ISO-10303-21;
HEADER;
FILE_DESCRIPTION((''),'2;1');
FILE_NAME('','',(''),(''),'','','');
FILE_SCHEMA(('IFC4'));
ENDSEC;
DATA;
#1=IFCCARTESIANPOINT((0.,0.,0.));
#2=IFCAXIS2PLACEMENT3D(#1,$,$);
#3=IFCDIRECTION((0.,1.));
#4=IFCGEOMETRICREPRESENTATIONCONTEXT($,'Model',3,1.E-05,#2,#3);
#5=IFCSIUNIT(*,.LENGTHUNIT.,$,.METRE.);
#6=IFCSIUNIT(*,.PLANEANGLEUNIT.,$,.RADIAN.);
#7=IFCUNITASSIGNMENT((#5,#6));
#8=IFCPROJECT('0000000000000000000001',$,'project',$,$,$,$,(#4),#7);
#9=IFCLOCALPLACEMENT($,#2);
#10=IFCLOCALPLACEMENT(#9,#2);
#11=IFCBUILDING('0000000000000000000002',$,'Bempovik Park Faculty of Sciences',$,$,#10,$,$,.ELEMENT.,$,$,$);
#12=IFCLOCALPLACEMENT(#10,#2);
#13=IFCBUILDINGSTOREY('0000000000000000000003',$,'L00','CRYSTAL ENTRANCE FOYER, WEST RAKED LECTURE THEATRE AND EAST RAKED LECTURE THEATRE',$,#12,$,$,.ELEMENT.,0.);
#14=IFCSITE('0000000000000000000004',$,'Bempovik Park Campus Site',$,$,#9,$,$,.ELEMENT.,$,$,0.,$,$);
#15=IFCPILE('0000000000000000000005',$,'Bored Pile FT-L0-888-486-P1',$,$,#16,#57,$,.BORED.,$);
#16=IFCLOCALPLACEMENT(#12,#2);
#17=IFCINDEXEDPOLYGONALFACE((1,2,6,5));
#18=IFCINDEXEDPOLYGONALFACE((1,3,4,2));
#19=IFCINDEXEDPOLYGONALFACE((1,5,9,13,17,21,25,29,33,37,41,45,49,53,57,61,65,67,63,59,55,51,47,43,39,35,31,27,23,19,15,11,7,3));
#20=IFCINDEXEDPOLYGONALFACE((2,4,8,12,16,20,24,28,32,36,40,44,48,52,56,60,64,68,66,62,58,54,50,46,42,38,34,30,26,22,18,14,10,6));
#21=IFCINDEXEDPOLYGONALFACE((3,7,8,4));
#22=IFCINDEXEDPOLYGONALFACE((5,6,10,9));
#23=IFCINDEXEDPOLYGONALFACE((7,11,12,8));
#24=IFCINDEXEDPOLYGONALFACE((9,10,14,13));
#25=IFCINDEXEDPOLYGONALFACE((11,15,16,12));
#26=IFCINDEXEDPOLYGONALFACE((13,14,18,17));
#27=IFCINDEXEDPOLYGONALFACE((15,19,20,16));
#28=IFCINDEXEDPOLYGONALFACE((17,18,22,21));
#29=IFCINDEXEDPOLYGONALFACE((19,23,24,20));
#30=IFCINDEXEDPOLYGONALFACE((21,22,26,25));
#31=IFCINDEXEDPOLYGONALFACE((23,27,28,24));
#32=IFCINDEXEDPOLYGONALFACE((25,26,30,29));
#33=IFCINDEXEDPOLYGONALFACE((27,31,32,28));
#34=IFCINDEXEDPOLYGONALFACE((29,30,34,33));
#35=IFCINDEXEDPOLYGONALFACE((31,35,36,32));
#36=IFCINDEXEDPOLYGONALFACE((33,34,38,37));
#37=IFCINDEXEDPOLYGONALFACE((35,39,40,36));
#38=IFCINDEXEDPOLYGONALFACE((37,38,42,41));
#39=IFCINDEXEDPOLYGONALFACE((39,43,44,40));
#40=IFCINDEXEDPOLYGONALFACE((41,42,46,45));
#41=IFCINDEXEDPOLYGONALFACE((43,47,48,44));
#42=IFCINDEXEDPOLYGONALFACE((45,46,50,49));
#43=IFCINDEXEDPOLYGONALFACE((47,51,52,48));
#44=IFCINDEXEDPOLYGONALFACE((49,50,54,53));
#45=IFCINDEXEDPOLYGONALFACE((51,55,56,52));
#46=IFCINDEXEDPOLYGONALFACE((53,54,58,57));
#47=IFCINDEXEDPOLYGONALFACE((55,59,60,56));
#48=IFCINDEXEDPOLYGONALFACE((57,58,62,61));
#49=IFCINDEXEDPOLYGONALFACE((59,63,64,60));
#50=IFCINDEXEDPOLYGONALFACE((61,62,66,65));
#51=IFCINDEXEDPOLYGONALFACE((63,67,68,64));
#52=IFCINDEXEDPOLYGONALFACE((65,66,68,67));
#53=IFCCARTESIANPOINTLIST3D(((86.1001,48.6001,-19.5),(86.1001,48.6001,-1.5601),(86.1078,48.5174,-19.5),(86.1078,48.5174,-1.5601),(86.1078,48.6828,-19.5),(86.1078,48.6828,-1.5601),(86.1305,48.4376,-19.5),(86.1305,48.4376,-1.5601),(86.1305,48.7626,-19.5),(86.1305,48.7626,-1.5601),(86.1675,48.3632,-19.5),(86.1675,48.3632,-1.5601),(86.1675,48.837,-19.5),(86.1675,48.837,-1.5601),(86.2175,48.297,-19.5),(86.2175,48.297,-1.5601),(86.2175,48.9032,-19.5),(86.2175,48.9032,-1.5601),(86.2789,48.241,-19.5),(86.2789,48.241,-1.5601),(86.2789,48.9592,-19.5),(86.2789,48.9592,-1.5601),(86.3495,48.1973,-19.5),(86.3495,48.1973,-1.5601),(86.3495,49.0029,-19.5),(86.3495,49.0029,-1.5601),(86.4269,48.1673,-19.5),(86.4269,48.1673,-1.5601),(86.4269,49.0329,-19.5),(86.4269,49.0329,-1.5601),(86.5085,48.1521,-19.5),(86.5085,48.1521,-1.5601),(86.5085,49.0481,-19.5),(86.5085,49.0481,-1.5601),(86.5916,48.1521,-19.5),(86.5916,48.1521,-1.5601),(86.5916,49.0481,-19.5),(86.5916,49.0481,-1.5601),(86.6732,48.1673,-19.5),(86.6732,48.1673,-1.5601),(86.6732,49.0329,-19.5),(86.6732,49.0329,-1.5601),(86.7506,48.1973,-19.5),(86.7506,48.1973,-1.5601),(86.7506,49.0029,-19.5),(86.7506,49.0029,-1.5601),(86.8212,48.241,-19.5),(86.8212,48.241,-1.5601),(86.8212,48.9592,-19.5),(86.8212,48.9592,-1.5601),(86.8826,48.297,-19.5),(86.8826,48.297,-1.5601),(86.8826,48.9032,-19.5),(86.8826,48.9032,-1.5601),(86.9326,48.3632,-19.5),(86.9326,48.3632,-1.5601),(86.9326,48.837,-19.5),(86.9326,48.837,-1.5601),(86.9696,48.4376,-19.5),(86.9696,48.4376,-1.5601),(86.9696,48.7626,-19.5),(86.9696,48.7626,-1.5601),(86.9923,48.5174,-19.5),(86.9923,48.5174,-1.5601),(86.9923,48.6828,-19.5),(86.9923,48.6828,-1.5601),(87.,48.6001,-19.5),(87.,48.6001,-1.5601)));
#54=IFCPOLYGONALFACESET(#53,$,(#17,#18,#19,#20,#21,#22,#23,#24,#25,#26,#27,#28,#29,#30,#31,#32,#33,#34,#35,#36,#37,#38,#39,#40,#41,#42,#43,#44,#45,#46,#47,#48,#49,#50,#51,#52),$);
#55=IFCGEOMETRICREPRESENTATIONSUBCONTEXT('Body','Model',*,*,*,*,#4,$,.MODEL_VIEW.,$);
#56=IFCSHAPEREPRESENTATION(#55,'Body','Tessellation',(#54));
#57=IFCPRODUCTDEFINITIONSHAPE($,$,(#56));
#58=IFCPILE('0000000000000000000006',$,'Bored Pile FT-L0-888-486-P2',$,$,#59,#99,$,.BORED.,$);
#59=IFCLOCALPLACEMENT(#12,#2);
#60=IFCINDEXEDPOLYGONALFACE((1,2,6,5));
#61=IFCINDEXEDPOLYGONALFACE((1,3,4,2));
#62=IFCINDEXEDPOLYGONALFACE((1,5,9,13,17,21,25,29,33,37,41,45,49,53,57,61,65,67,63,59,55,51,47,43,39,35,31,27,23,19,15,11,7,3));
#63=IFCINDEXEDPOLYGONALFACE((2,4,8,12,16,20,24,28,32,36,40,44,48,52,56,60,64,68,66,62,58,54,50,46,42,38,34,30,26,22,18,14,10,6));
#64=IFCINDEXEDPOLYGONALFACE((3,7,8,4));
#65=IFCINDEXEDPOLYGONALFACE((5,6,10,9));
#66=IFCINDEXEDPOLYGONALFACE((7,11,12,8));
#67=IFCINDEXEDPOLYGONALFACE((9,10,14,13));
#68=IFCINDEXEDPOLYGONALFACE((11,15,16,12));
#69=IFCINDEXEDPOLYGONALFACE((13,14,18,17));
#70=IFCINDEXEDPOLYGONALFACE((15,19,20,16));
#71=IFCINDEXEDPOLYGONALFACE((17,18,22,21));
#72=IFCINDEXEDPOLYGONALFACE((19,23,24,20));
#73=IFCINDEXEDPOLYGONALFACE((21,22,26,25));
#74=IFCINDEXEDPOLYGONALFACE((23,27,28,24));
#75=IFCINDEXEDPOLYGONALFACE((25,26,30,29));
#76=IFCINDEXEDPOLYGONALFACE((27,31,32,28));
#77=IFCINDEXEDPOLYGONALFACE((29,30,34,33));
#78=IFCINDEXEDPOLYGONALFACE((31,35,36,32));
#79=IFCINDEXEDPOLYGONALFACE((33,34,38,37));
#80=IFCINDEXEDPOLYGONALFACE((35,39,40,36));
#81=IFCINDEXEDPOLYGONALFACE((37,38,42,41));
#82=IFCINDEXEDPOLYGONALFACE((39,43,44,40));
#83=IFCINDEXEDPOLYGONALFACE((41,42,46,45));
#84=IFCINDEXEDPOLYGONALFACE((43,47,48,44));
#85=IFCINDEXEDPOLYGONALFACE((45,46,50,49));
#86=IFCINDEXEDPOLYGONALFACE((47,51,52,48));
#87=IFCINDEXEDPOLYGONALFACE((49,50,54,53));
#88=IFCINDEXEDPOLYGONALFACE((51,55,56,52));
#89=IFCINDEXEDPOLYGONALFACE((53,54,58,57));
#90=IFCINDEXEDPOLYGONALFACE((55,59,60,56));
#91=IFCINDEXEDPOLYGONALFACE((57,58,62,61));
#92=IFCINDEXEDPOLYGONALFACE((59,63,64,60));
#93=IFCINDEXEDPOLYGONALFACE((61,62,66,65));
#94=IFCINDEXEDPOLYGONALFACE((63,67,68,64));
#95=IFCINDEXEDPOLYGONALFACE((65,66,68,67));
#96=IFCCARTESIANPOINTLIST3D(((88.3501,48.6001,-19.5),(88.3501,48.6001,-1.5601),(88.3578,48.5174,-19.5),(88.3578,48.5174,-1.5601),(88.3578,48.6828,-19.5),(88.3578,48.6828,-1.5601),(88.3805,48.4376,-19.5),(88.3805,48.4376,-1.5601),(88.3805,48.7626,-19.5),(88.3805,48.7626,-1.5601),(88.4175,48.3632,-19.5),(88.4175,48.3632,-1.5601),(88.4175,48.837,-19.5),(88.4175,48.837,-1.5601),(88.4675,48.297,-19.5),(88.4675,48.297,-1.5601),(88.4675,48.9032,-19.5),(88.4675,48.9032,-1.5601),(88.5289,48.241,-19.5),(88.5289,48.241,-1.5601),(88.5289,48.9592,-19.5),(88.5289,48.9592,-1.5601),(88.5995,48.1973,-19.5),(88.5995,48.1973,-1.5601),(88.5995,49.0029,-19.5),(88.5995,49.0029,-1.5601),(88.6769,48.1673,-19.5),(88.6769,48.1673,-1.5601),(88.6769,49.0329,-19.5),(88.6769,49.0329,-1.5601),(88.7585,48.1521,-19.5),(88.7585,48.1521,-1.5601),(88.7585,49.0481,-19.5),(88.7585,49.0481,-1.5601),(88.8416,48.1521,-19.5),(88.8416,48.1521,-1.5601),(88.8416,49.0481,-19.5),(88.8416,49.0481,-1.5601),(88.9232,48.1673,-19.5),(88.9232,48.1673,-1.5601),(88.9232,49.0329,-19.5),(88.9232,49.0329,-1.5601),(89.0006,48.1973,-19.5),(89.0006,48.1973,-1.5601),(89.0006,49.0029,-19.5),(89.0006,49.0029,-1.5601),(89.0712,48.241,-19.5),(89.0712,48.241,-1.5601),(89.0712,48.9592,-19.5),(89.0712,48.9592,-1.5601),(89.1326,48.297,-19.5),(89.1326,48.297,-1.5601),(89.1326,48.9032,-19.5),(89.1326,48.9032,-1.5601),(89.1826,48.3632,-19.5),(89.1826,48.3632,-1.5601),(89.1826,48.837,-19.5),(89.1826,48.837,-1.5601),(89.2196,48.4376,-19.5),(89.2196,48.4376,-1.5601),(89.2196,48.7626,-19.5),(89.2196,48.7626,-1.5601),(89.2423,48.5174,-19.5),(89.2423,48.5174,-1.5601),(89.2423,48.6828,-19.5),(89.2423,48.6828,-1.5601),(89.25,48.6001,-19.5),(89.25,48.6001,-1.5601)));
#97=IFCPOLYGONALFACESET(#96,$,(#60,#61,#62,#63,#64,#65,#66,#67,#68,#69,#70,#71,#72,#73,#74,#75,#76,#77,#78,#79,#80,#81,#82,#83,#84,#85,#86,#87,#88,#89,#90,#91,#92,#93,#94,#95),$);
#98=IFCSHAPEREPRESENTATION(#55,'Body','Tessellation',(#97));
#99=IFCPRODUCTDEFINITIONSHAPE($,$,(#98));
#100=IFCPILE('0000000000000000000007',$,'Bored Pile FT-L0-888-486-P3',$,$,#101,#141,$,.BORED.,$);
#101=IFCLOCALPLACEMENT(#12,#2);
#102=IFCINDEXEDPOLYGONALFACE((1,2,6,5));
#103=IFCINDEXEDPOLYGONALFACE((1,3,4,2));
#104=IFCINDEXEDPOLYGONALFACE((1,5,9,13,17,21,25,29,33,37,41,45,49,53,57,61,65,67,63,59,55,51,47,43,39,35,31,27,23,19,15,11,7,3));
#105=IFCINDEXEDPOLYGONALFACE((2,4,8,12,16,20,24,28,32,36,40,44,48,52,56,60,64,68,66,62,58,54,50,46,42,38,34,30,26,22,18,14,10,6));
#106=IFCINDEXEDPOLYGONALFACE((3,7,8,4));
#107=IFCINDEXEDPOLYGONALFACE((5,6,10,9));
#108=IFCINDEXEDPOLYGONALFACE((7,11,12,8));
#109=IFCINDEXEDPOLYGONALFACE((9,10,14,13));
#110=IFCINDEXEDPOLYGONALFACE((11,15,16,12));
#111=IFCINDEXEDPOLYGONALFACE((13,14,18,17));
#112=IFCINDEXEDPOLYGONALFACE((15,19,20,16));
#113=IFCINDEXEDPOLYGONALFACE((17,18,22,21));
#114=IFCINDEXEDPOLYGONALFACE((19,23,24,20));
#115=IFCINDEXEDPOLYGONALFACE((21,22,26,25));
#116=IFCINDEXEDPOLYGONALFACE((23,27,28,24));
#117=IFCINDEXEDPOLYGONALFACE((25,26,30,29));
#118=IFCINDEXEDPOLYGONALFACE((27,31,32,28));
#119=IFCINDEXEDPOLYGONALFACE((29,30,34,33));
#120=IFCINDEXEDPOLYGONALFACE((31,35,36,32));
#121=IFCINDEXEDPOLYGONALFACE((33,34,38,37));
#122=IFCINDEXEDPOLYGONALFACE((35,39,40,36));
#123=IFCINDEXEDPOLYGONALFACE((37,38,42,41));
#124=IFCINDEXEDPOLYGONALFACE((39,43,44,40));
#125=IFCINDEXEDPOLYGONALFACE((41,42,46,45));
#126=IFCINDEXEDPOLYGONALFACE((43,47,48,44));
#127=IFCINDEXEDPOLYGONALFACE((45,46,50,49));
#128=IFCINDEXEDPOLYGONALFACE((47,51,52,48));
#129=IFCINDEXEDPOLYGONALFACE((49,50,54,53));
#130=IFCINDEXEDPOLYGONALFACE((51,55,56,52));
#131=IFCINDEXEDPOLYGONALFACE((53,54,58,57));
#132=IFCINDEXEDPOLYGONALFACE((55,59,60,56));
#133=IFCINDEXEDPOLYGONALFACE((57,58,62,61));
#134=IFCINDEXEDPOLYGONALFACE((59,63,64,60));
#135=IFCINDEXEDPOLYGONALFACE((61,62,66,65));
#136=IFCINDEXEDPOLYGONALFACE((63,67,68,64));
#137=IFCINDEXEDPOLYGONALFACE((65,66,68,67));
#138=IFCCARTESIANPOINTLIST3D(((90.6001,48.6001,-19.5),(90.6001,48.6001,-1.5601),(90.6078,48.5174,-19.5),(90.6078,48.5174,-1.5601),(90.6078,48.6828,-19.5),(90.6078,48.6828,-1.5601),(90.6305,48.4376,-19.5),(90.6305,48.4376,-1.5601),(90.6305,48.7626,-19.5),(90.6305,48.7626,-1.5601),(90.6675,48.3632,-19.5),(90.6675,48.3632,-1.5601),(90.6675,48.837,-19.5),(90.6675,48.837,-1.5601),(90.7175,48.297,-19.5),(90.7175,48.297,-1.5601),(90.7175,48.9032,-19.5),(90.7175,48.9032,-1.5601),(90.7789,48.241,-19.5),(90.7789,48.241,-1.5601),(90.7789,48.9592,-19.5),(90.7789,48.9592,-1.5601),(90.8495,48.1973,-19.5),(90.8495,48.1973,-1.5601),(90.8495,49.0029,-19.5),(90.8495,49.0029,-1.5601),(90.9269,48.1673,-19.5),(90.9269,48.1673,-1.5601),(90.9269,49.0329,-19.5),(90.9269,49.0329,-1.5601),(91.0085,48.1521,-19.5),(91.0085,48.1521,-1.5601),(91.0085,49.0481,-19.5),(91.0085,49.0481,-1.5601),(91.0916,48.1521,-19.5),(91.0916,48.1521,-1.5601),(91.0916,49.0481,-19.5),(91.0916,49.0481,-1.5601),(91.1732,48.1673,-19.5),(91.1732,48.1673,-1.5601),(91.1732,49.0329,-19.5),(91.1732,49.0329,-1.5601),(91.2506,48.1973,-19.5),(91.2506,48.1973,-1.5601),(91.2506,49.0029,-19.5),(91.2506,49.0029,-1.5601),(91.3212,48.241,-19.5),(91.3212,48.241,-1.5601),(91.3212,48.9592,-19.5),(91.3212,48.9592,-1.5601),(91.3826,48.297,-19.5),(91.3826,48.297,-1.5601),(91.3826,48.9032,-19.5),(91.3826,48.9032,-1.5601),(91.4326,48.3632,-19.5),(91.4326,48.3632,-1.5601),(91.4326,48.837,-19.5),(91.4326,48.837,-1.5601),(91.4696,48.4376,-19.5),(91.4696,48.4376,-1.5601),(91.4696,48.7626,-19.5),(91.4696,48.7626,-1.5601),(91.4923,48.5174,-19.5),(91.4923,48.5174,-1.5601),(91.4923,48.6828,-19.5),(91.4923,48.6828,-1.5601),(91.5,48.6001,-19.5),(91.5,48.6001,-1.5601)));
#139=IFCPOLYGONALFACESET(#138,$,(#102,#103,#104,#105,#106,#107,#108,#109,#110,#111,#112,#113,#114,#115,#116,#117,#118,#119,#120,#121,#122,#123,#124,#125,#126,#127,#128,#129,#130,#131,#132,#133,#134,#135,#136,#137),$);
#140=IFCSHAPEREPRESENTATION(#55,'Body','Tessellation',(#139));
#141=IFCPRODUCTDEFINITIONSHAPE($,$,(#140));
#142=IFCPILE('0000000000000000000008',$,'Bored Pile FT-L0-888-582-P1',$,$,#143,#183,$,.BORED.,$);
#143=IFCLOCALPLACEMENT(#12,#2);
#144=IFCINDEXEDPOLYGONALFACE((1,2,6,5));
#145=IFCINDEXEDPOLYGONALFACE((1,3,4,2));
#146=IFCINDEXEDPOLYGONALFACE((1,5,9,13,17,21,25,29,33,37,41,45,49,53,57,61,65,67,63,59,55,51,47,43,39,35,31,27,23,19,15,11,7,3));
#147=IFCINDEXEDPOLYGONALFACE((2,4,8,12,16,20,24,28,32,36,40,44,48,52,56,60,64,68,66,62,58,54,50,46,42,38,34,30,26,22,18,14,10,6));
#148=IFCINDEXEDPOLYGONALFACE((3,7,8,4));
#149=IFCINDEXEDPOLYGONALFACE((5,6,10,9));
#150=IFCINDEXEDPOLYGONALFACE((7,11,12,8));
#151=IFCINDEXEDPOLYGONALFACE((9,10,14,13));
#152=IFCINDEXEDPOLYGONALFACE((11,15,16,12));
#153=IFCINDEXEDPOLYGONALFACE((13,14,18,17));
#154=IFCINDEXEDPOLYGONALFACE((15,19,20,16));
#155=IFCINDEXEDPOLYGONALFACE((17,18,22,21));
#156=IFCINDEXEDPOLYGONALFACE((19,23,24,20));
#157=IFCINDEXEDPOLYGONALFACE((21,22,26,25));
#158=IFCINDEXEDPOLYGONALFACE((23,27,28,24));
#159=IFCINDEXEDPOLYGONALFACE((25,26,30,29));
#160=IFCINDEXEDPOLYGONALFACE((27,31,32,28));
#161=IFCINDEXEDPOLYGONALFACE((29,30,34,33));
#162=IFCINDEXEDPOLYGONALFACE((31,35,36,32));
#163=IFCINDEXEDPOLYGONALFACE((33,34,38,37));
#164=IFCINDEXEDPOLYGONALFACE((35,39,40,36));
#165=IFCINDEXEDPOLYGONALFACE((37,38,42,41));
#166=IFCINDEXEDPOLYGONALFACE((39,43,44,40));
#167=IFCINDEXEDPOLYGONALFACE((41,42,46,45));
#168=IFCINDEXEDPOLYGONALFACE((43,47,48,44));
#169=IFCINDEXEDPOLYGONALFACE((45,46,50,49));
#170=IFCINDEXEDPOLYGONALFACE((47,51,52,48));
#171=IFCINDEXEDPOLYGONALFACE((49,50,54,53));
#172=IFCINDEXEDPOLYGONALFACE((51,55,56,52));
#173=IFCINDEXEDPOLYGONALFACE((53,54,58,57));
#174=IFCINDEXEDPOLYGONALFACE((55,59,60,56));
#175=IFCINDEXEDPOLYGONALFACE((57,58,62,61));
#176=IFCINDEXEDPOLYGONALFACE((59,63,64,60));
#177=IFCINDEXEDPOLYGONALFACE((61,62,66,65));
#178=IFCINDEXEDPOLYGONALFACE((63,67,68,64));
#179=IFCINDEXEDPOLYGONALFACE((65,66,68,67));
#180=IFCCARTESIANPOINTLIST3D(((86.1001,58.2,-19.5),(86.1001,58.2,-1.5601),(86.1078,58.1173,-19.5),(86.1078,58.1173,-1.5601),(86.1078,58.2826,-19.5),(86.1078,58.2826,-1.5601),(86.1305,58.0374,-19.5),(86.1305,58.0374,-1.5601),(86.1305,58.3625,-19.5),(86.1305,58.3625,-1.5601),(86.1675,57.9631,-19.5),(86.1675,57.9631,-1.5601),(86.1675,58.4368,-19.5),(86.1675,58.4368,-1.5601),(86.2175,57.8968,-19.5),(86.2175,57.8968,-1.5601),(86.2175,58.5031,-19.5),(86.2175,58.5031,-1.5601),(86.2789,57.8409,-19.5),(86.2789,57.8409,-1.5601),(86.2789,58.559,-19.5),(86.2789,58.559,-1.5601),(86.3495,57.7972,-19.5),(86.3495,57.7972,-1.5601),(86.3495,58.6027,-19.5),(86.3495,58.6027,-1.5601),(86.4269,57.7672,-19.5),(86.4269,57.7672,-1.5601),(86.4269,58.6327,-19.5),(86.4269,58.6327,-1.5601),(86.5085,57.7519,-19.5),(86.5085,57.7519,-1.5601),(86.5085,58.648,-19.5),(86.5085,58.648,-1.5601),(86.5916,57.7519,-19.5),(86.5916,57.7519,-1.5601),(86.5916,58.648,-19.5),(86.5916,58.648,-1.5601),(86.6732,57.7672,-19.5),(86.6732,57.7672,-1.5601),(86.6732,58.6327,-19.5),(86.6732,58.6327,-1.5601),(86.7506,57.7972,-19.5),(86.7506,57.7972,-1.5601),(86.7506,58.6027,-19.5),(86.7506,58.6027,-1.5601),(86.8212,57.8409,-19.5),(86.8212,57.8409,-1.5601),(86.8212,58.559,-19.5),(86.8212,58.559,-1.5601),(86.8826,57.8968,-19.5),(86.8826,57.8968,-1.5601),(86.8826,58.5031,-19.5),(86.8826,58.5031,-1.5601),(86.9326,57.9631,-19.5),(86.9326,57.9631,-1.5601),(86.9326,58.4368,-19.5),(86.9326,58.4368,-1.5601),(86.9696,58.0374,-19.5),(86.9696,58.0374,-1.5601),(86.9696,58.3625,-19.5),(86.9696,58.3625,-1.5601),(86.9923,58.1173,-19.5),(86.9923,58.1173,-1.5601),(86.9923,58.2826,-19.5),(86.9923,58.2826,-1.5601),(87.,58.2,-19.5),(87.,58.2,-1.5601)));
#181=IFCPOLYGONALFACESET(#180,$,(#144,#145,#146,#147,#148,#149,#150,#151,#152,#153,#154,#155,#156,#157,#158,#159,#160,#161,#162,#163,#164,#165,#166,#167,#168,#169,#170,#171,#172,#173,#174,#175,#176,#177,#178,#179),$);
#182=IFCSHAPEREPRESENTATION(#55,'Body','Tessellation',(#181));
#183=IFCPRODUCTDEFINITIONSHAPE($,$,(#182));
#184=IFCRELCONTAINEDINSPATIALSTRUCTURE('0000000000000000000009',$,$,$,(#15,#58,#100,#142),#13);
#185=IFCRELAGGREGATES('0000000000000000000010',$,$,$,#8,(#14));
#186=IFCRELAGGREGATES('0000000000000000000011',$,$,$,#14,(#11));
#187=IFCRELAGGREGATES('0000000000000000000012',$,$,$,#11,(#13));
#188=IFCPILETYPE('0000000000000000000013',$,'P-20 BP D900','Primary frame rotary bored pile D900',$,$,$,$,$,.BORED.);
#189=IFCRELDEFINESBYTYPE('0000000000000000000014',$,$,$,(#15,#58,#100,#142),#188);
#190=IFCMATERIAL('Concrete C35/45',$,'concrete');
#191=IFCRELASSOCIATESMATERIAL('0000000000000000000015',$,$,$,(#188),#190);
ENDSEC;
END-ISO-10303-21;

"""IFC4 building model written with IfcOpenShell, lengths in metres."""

from ifc_helpers import new_model, si_unit, direction, frame, origin, origin_2d, place, context, subcontext, project, spatial, circle, extrude, material, material_profile, profile_set, type_object, element, save


model = new_model("IFC4")

# Units and contexts
model_context = context("Model", 3, precision=1e-05, world=origin(), true_north=direction((0.0, 1.0)))
body_context = subcontext(model_context, "Body", "Model", "MODEL_VIEW")
ifc_project = project(units=[si_unit("LENGTHUNIT", "METRE"), si_unit("PLANEANGLEUNIT", "RADIAN")], contexts=[model_context])

# Site, building, storey
site_placement = place(None, origin())
site = spatial("IfcSite", under=ifc_project, at=site_placement, Name="Bempovik Park Campus Site", CompositionType="ELEMENT", RefElevation=0.0)
building_placement = place(site_placement, origin())
building = spatial("IfcBuilding", under=site, at=building_placement, Name="Bempovik Park Faculty of Sciences", CompositionType="ELEMENT")
storey_placement = place(building_placement, origin())
storey = spatial("IfcBuildingStorey", under=building, at=storey_placement, Name="L00", Description="CRYSTAL ENTRANCE FOYER, WEST RAKED LECTURE THEATRE AND EAST RAKED LECTURE THEATRE", CompositionType="ELEMENT", Elevation=0.0)

# Shared definitions
ifc_material_1 = material(Name="Concrete C35/45", Category="concrete")

# Piles
ifc_material_profile_1 = material_profile(ifc_material_1, circle(Radius=0.45, at=origin_2d()), Name="BP D900")
ifc_profile_set_1 = profile_set([ifc_material_profile_1], Name="Concrete C35/45")
pile_type = type_object("IfcPileType", Name="P-20 BP D900", Description="Primary frame rotary bored pile D900", PredefinedType="BORED", material=ifc_profile_set_1)
for number, where, z_axis, x_axis, name in (
    (1, (86.55, 48.6001, -1.5601), (0.0, 0.0, -1.0), (1.0, 0.0, 0.0), "Bored Pile FT-L0-888-486-P1"),
    (2, (88.8, 48.6001, -1.5601), (0.0, 0.0, -1.0), (1.0, 0.0, 0.0), "Bored Pile FT-L0-888-486-P2"),
    (3, (91.05, 48.6001, -1.5601), (0.0, 0.0, -1.0), (1.0, 0.0, 0.0), "Bored Pile FT-L0-888-486-P3"),
    (4, (86.55, 58.2, -1.5601), (0.0, 0.0, -1.0), (1.0, 0.0, 0.0), "Bored Pile FT-L0-888-582-P1"),
):
    element("IfcPile", number, at=place(storey_placement, frame(where, z_axis=z_axis, x_axis=x_axis)), inside=storey, type_object=pile_type, Name=name, PredefinedType="BORED", context=body_context, shape_type="SweptSolid", body=[
        extrude(circle(Radius=0.45, at=origin_2d()), origin(), (0.0, 0.0, 1.0), 17.9399),
    ])

save(model, "model.ifc")
